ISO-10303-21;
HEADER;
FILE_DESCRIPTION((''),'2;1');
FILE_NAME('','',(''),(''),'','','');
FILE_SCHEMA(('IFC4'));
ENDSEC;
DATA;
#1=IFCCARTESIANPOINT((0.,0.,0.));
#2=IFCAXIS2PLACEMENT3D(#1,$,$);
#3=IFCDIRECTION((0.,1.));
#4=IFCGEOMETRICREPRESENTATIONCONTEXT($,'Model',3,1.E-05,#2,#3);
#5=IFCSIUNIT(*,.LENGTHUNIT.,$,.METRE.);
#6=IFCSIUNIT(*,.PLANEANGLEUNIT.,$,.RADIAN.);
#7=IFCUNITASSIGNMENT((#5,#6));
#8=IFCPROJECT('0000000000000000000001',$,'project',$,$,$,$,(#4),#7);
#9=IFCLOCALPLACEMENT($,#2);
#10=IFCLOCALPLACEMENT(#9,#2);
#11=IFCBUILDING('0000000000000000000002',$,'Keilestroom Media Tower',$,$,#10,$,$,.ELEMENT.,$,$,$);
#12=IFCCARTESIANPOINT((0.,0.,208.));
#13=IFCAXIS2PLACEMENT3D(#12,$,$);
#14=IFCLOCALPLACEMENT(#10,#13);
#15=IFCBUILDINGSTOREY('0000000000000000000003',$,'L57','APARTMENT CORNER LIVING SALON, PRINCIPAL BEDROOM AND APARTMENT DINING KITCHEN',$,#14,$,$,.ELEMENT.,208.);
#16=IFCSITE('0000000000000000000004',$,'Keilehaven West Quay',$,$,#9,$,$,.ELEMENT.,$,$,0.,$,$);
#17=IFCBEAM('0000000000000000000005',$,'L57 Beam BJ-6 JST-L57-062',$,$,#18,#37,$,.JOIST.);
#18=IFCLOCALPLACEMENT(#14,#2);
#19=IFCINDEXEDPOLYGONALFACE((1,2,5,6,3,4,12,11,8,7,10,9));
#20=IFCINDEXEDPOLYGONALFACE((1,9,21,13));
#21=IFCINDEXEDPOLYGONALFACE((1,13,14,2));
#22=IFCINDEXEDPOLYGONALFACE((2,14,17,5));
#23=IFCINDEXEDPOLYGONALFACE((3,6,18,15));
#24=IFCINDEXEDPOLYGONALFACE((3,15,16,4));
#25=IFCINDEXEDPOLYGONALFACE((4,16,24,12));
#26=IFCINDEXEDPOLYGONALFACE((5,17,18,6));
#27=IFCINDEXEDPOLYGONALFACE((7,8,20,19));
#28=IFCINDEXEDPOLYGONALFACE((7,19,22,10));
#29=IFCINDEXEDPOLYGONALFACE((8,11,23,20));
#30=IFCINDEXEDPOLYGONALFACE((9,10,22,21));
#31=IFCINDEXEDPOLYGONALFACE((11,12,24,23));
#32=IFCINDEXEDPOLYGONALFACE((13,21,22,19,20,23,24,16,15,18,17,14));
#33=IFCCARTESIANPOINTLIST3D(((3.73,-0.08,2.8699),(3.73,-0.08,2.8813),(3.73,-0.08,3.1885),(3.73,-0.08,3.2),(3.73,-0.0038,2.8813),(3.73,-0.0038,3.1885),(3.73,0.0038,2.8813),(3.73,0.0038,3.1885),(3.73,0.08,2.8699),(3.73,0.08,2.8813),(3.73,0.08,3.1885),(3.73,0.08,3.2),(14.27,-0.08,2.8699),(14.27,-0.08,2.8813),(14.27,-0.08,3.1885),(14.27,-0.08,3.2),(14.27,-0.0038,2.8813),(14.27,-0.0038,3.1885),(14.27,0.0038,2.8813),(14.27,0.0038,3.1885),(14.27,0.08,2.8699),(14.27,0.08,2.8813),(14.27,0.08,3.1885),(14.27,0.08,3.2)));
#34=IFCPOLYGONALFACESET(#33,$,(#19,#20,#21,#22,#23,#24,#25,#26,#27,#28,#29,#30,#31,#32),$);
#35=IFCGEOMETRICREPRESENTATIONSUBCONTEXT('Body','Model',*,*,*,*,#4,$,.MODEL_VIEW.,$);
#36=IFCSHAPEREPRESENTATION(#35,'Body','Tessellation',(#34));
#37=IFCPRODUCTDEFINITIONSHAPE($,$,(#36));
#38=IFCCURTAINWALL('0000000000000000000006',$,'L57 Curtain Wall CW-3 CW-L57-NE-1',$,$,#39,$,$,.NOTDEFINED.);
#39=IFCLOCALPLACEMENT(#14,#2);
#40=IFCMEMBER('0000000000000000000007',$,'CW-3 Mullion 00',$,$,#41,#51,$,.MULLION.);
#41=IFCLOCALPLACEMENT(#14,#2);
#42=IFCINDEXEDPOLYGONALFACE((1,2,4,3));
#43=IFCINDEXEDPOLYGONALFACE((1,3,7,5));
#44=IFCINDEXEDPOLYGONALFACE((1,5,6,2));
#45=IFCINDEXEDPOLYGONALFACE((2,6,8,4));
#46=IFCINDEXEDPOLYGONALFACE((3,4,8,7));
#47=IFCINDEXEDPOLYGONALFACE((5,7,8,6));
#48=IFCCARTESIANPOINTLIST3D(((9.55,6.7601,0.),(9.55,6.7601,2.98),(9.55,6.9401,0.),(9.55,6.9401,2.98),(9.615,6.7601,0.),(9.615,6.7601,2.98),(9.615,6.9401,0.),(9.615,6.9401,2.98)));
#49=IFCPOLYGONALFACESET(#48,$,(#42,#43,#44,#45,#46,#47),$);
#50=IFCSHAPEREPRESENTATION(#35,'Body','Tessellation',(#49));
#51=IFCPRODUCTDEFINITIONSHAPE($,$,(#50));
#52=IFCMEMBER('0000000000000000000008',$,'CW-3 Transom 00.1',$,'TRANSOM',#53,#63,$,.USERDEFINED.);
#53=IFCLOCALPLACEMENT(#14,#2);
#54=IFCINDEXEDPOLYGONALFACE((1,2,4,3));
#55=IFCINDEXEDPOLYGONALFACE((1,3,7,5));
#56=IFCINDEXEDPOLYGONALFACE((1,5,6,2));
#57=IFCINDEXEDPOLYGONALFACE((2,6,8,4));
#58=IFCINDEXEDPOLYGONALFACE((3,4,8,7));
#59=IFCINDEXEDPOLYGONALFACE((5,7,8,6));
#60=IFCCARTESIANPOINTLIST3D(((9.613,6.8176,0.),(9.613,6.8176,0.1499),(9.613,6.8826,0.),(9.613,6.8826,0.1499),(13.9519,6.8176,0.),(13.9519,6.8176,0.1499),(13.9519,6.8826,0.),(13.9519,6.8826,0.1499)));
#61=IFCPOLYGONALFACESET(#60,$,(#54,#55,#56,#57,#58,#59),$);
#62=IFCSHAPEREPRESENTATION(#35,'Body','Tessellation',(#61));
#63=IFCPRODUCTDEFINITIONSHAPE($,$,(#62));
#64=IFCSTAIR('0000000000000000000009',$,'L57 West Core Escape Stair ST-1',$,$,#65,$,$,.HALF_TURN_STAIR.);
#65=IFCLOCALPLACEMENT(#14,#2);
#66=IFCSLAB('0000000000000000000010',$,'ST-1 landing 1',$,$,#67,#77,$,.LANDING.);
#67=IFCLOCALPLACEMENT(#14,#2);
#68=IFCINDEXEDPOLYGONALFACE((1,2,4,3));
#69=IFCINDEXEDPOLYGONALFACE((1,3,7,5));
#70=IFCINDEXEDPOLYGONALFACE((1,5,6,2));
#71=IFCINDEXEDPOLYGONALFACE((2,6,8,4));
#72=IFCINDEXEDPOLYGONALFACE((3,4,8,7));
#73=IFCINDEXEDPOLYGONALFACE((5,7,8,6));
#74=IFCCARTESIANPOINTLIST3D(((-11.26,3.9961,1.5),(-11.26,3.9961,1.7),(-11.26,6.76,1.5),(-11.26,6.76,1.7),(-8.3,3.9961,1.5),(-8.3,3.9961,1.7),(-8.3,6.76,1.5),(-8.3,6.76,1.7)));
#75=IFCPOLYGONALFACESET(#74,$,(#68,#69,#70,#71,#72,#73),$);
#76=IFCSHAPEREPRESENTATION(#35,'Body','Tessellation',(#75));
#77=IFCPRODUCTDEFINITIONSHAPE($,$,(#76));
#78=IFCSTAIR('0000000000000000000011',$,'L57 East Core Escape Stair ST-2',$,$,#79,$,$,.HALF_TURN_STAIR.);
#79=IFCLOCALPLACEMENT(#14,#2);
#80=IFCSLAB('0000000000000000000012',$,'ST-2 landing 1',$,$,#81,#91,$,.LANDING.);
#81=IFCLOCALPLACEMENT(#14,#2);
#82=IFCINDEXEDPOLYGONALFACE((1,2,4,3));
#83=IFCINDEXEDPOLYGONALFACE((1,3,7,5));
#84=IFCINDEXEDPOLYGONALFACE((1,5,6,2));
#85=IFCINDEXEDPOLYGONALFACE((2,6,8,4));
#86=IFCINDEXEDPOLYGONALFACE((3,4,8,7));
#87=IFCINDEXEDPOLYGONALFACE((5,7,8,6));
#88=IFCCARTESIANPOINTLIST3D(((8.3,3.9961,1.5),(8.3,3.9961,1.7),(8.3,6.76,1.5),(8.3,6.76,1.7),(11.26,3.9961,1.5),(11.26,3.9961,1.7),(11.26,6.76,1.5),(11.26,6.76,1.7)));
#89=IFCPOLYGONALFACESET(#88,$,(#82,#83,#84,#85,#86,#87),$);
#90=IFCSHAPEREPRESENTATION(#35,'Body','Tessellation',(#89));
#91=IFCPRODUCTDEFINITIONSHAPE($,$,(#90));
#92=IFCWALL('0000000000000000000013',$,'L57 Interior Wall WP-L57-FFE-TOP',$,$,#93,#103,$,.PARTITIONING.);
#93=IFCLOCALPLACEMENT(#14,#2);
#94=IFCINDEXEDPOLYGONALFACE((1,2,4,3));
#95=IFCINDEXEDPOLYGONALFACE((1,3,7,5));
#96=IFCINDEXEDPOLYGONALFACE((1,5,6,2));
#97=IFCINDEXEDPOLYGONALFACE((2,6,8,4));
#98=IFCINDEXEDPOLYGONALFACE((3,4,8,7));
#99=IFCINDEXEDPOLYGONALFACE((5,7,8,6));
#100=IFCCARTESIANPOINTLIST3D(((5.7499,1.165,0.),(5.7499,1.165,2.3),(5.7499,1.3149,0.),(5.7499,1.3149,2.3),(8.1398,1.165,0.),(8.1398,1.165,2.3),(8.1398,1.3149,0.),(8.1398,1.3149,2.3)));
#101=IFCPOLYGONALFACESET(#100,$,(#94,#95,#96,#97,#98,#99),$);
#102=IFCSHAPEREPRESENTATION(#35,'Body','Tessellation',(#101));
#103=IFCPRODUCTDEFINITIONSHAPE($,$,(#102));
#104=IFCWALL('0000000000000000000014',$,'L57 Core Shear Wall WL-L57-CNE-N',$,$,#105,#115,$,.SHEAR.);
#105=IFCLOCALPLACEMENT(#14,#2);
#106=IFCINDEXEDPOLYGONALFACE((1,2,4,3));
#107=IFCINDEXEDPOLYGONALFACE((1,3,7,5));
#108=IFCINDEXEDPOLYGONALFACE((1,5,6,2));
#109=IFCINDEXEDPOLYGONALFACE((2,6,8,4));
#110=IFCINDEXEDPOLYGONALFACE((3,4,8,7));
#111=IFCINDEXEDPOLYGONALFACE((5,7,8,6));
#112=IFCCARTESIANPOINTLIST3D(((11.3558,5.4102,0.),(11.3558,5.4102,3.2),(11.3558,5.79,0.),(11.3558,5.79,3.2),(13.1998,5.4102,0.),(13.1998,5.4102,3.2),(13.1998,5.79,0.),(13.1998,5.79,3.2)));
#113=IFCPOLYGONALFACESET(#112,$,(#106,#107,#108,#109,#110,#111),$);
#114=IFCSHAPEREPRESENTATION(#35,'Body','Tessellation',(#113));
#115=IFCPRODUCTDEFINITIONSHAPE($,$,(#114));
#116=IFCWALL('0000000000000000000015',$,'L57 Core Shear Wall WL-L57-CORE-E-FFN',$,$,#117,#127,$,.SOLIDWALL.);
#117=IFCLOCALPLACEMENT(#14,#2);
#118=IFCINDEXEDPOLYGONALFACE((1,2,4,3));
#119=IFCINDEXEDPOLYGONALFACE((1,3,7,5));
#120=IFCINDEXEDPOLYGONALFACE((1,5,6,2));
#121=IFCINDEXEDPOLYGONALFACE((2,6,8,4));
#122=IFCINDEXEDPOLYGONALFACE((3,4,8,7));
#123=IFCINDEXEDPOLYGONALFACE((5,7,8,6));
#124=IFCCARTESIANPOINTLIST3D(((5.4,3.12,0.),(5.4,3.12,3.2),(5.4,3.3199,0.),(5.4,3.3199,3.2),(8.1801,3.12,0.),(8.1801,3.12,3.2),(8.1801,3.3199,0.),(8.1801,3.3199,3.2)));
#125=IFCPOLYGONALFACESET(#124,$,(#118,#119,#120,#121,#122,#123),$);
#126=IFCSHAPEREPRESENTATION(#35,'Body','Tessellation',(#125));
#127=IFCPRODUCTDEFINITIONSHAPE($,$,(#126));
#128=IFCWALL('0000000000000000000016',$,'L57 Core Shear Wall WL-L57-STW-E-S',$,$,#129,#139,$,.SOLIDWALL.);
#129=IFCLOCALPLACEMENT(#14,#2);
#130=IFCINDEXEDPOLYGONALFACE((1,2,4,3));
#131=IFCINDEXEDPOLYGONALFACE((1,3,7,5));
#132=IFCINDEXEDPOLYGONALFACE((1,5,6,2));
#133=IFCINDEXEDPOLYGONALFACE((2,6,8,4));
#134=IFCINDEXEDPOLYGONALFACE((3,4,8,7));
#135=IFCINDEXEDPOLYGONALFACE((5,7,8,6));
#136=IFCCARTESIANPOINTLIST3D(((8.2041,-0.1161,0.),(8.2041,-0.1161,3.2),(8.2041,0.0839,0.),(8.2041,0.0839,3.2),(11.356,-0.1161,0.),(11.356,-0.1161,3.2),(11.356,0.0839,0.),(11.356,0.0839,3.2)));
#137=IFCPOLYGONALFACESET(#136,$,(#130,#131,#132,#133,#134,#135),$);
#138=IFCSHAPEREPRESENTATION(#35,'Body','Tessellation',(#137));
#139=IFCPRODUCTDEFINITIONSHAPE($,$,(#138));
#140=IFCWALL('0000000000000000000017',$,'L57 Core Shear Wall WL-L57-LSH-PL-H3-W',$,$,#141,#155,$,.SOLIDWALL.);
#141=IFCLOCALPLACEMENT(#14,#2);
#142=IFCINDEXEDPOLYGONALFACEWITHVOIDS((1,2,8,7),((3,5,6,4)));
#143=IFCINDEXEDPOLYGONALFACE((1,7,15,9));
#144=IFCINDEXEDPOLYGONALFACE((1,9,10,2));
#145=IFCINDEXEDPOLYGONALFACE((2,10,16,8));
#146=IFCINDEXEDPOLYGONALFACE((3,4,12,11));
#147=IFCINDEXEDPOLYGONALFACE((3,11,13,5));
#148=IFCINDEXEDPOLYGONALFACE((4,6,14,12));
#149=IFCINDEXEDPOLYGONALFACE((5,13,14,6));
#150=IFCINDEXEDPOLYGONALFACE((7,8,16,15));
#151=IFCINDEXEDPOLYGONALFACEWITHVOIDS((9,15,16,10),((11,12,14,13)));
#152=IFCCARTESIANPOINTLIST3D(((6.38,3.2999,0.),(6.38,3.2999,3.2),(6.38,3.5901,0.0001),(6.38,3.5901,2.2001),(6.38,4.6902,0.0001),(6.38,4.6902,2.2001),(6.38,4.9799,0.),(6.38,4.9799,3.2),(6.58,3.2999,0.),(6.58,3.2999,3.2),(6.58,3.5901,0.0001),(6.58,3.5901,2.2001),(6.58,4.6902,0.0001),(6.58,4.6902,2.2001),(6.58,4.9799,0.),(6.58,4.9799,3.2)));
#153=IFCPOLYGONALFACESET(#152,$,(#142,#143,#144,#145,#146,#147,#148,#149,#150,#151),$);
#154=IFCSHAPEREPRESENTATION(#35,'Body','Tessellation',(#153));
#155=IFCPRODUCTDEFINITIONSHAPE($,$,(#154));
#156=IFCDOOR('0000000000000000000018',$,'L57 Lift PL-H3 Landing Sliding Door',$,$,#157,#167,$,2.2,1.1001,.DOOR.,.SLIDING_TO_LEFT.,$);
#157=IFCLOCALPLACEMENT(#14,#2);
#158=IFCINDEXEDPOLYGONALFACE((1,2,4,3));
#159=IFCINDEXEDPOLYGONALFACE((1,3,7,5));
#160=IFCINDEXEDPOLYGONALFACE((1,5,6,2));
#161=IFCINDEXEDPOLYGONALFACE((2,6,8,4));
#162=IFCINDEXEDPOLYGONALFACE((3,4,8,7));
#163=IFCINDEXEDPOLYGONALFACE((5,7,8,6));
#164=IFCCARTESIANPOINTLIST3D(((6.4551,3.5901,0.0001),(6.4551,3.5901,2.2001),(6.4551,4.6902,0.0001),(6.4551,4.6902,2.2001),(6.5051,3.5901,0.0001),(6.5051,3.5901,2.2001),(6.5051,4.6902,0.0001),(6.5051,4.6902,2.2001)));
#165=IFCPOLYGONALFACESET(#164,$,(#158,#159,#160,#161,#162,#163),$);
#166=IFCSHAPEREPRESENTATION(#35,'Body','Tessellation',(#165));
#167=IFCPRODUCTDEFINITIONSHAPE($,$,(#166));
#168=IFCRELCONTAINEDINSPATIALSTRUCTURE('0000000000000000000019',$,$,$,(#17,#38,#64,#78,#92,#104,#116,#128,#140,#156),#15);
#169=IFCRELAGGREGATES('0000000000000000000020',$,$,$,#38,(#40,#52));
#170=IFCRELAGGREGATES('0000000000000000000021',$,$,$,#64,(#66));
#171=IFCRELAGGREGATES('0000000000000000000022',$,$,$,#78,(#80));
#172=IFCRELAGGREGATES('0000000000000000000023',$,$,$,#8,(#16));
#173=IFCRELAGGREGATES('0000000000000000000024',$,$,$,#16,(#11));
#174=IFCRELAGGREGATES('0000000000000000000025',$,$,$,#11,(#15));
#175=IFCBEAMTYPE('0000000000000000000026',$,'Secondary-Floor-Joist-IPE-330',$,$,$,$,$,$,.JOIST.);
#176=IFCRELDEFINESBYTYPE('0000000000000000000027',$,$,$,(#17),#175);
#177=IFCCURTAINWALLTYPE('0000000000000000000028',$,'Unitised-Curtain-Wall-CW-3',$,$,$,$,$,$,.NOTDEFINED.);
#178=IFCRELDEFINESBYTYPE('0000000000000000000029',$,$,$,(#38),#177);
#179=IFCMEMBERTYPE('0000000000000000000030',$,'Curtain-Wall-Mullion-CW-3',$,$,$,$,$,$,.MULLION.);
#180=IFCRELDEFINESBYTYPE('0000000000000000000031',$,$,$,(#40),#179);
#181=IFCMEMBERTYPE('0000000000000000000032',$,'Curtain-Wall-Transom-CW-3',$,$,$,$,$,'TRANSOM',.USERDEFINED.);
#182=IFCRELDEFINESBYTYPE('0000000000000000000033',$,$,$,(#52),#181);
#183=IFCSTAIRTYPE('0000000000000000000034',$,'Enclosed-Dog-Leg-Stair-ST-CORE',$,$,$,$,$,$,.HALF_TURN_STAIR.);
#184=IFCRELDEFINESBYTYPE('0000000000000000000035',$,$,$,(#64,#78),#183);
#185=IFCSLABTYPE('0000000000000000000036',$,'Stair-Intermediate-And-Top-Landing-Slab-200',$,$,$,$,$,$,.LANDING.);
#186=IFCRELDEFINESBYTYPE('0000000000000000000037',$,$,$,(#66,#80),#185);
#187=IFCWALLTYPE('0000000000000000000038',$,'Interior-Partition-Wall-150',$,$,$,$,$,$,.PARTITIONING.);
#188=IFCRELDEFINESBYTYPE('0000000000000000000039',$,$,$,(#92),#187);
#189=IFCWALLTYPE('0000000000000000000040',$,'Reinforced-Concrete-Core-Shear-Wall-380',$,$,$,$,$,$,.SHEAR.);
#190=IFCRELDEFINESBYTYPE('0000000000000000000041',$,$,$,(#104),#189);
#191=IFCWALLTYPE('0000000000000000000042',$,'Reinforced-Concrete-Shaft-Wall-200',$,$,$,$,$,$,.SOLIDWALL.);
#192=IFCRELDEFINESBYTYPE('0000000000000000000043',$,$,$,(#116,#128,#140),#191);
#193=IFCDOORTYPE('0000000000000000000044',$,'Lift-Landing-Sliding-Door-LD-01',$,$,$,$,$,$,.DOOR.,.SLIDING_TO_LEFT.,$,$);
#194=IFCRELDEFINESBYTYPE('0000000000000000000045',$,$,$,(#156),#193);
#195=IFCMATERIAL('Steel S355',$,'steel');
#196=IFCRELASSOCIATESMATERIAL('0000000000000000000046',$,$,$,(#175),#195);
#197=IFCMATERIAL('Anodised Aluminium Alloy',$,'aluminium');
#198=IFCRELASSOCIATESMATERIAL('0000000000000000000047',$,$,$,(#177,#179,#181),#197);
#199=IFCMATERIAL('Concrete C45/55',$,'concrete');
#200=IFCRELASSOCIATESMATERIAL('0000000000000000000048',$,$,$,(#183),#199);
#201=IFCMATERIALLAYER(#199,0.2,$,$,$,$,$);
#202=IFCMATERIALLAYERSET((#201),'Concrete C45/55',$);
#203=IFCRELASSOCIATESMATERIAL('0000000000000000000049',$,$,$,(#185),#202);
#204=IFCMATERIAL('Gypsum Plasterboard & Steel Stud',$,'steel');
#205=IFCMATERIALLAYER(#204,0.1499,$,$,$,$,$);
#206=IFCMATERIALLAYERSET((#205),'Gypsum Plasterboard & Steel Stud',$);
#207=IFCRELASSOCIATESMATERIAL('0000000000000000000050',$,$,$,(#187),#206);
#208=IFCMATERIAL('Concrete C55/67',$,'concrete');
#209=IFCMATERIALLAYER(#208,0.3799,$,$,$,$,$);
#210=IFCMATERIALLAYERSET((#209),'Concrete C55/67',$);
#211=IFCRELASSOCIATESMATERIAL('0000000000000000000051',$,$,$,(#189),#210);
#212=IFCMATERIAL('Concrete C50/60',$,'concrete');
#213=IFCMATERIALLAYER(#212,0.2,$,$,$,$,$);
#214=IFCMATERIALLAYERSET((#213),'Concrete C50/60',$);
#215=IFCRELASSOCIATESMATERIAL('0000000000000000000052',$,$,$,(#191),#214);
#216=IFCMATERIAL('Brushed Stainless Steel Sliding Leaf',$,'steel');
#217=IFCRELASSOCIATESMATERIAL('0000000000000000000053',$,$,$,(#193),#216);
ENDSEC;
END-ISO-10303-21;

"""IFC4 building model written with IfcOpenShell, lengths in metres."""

from ifc_helpers import new_model, si_unit, direction, frame, frame_2d, origin, origin_2d, place, context, subcontext, project, spatial, polyline, rectangle, i_section, outline, extrude, source, transform, mapped, material, layer, layer_set, material_profile, profile_set, type_object, element, fill, aggregate, save


model = new_model("IFC4")

# Units and contexts
model_context = context("Model", 3, precision=1e-05, world=origin(), true_north=direction((0.0, 1.0)))
body_context = subcontext(model_context, "Body", "Model", "MODEL_VIEW")
ifc_project = project(units=[si_unit("LENGTHUNIT", "METRE"), si_unit("PLANEANGLEUNIT", "RADIAN")], contexts=[model_context])

# Site, building, storey
site_placement = place(None, origin())
site = spatial("IfcSite", under=ifc_project, at=site_placement, Name="Keilehaven West Quay", CompositionType="ELEMENT", RefElevation=0.0)
building_placement = place(site_placement, origin())
building = spatial("IfcBuilding", under=site, at=building_placement, Name="Keilestroom Media Tower", CompositionType="ELEMENT")
storey_placement = place(building_placement, frame((0.0, 0.0, 208.0)))
storey = spatial("IfcBuildingStorey", under=building, at=storey_placement, Name="L57", Description="APARTMENT CORNER LIVING SALON, PRINCIPAL BEDROOM AND APARTMENT DINING KITCHEN", CompositionType="ELEMENT", Elevation=208.0)

# Beam
ifc_material_1 = material(Name="Steel S355", Category="steel")
ifc_material_profile_1 = material_profile(ifc_material_1, i_section(OverallWidth=0.1599, OverallDepth=0.3301, WebThickness=0.0076, FlangeThickness=0.0115, at=origin_2d()), Name="IPE 330")
ifc_profile_set_1 = profile_set([ifc_material_profile_1], Name="Steel S355")
beam_type = type_object("IfcBeamType", Name="Secondary-Floor-Joist-IPE-330", PredefinedType="JOIST", material=ifc_profile_set_1)
shared_shape_1 = source(origin(), body_context, "Body", "SweptSolid", [
    extrude(i_section(OverallWidth=0.1599, OverallDepth=0.3301, WebThickness=0.0076, FlangeThickness=0.0115, at=origin_2d()), origin(), (0.0, 0.0, 1.0), 10.54),
])
beam_placement = place(storey_placement, frame((3.73, 0.0, 3.0349), z_axis=(1.0, 0.0, 0.0), x_axis=(0.0, 1.0, 0.0)))
element("IfcBeam", 1, at=beam_placement, inside=storey, type_object=beam_type, Name="L57 Beam BJ-6 JST-L57-062", PredefinedType="JOIST", context=body_context, shape_type="MappedRepresentation", body=[
    mapped(shared_shape_1, transform((0.0, 0.0, 0.0), x_axis=(1.0, 0.0, 0.0), y_axis=(0.0, 1.0, 0.0), z_axis=(0.0, 0.0, 1.0), scale=1.0)),
])

# Curtain wall, members
ifc_material_2 = material(Name="Anodised Aluminium Alloy", Category="aluminium")
curtain_wall_type = type_object("IfcCurtainWallType", Name="Unitised-Curtain-Wall-CW-3", PredefinedType="NOTDEFINED", material=ifc_material_2)
curtain_wall_placement = place(storey_placement, origin())
curtain_wall = element("IfcCurtainWall", 2, at=curtain_wall_placement, inside=storey, type_object=curtain_wall_type, Name="L57 Curtain Wall CW-3 CW-L57-NE-1", PredefinedType="NOTDEFINED")
ifc_material_profile_2 = material_profile(ifc_material_2, rectangle(XDim=0.0649, YDim=0.1799, at=origin_2d()), Name="ALU MULLION 65x180")
ifc_profile_set_2 = profile_set([ifc_material_profile_2], Name="Anodised Aluminium Alloy")
member_type_1 = type_object("IfcMemberType", Name="Curtain-Wall-Mullion-CW-3", PredefinedType="MULLION", material=ifc_profile_set_2)
shared_shape_2 = source(origin(), body_context, "Body", "SweptSolid", [
    extrude(rectangle(XDim=0.0649, YDim=0.1799, at=origin_2d()), origin(), (0.0, 0.0, 1.0), 2.98),
])
member_1_placement = place(storey_placement, frame((9.5825, 6.8501, 0.0), z_axis=(0.0, 0.0, 1.0), x_axis=(1.0, 0.0, 0.0)))
member_1 = element("IfcMember", 3, at=member_1_placement, type_object=member_type_1, Name="CW-3 Mullion 00", PredefinedType="MULLION", context=body_context, shape_type="MappedRepresentation", body=[
    mapped(shared_shape_2, transform((0.0, 0.0, 0.0), x_axis=(1.0, 0.0, 0.0), y_axis=(0.0, 1.0, 0.0), z_axis=(0.0, 0.0, 1.0), scale=1.0)),
])
ifc_material_profile_3 = material_profile(ifc_material_2, rectangle(XDim=0.0649, YDim=0.1499, at=origin_2d()), Name="ALU TRANSOM 65x150")
ifc_profile_set_3 = profile_set([ifc_material_profile_3], Name="Anodised Aluminium Alloy")
member_type_2 = type_object("IfcMemberType", Name="Curtain-Wall-Transom-CW-3", ElementType="TRANSOM", PredefinedType="USERDEFINED", material=ifc_profile_set_3)
shared_shape_3 = source(origin(), body_context, "Body", "SweptSolid", [
    extrude(rectangle(XDim=0.0649, YDim=0.1499, at=origin_2d()), origin(), (0.0, 0.0, 1.0), 4.3389),
])
member_2_placement = place(storey_placement, frame((9.613, 6.8501, 0.075), z_axis=(1.0, 0.0, 0.0), x_axis=(0.0, 1.0, 0.0)))
member_2 = element("IfcMember", 4, at=member_2_placement, type_object=member_type_2, Name="CW-3 Transom 00.1", ObjectType="TRANSOM", PredefinedType="USERDEFINED", context=body_context, shape_type="MappedRepresentation", body=[
    mapped(shared_shape_3, transform((0.0, 0.0, 0.0), x_axis=(1.0, 0.0, 0.0), y_axis=(0.0, 1.0, 0.0), z_axis=(0.0, 0.0, 1.0), scale=1.0)),
])
aggregate(curtain_wall, [member_1, member_2])

# Stairs, slabs
ifc_material_3 = material(Name="Concrete C45/55", Category="concrete")
stair_type = type_object("IfcStairType", Name="Enclosed-Dog-Leg-Stair-ST-CORE", PredefinedType="HALF_TURN_STAIR", material=ifc_material_3)
stair_1_placement = place(storey_placement, origin())
stair_1 = element("IfcStair", 5, at=stair_1_placement, inside=storey, type_object=stair_type, Name="L57 West Core Escape Stair ST-1", PredefinedType="HALF_TURN_STAIR")
ifc_layer_1 = layer(ifc_material_3, 0.2)
ifc_layer_set_1 = layer_set([ifc_layer_1], Name="Concrete C45/55")
slab_type = type_object("IfcSlabType", Name="Stair-Intermediate-And-Top-Landing-Slab-200", PredefinedType="LANDING", material=ifc_layer_set_1)
slab_1_placement = place(storey_placement, frame((0.0, 0.0, 1.5)))
slab_1 = element("IfcSlab", 6, at=slab_1_placement, type_object=slab_type, Name="ST-1 landing 1", PredefinedType="LANDING", context=body_context, shape_type="SweptSolid", body=[
    extrude(outline(polyline([(-8.3, 3.9961), (-8.3, 6.76), (-11.26, 6.76), (-11.26, 3.9961), (-8.3, 3.9961)])), origin(), (0.0, 0.0, 1.0), 0.2),
])
aggregate(stair_1, [slab_1])
stair_2_placement = place(storey_placement, origin())
stair_2 = element("IfcStair", 7, at=stair_2_placement, inside=storey, type_object=stair_type, Name="L57 East Core Escape Stair ST-2", PredefinedType="HALF_TURN_STAIR")
slab_2_placement = place(storey_placement, frame((0.0, 0.0, 1.5)))
slab_2 = element("IfcSlab", 8, at=slab_2_placement, type_object=slab_type, Name="ST-2 landing 1", PredefinedType="LANDING", context=body_context, shape_type="SweptSolid", body=[
    extrude(outline(polyline([(11.26, 3.9961), (11.26, 6.76), (8.3, 6.76), (8.3, 3.9961), (11.26, 3.9961)])), origin(), (0.0, 0.0, 1.0), 0.2),
])

# Walls
ifc_material_4 = material(Name="Gypsum Plasterboard & Steel Stud", Category="steel")
ifc_layer_2 = layer(ifc_material_4, 0.1499)
ifc_layer_set_2 = layer_set([ifc_layer_2], Name="Gypsum Plasterboard & Steel Stud")
wall_type_1 = type_object("IfcWallType", Name="Interior-Partition-Wall-150", PredefinedType="PARTITIONING", material=ifc_layer_set_2)
wall_1_placement = place(storey_placement, frame((5.75, 1.24, 0.0), z_axis=(0.0, 0.0, 1.0), x_axis=(1.0, 0.0, 0.0)))
element("IfcWall", 9, at=wall_1_placement, inside=storey, type_object=wall_type_1, Name="L57 Interior Wall WP-L57-FFE-TOP", PredefinedType="PARTITIONING", context=body_context, shape_type="SweptSolid", body=[
    extrude(rectangle(XDim=2.3899, YDim=0.1499, at=frame_2d((1.1948, 0.0))), origin(), (0.0, 0.0, 1.0), 2.3),
])
ifc_material_5 = material(Name="Concrete C55/67", Category="concrete")
ifc_layer_3 = layer(ifc_material_5, 0.3799)
ifc_layer_set_3 = layer_set([ifc_layer_3], Name="Concrete C55/67")
wall_type_2 = type_object("IfcWallType", Name="Reinforced-Concrete-Core-Shear-Wall-380", PredefinedType="SHEAR", material=ifc_layer_set_3)
wall_2_placement = place(storey_placement, frame((11.356, 5.6001, 0.0), z_axis=(0.0, 0.0, 1.0), x_axis=(1.0, 0.0, 0.0)))
element("IfcWall", 10, at=wall_2_placement, inside=storey, type_object=wall_type_2, Name="L57 Core Shear Wall WL-L57-CNE-N", PredefinedType="SHEAR", context=body_context, shape_type="SweptSolid", body=[
    extrude(rectangle(XDim=1.844, YDim=0.3799, at=frame_2d((0.9219, 0.0))), origin(), (0.0, 0.0, 1.0), 3.2),
])
ifc_material_6 = material(Name="Concrete C50/60", Category="concrete")
ifc_layer_4 = layer(ifc_material_6, 0.2)
ifc_layer_set_4 = layer_set([ifc_layer_4], Name="Concrete C50/60")
wall_type_3 = type_object("IfcWallType", Name="Reinforced-Concrete-Shaft-Wall-200", PredefinedType="SOLIDWALL", material=ifc_layer_set_4)
wall_3_placement = place(storey_placement, frame((5.3999, 3.22, 0.0), z_axis=(0.0, 0.0, 1.0), x_axis=(1.0, 0.0, 0.0)))
element("IfcWall", 11, at=wall_3_placement, inside=storey, type_object=wall_type_3, Name="L57 Core Shear Wall WL-L57-CORE-E-FFN", PredefinedType="SOLIDWALL", context=body_context, shape_type="SweptSolid", body=[
    extrude(rectangle(XDim=2.78, YDim=0.2, at=frame_2d((1.3901, 0.0))), origin(), (0.0, 0.0, 1.0), 3.2),
])
wall_4_placement = place(storey_placement, frame((8.2041, -0.0161, 0.0), z_axis=(0.0, 0.0, 1.0), x_axis=(1.0, 0.0, 0.0)))
element("IfcWall", 12, at=wall_4_placement, inside=storey, type_object=wall_type_3, Name="L57 Core Shear Wall WL-L57-STW-E-S", PredefinedType="SOLIDWALL", context=body_context, shape_type="SweptSolid", body=[
    extrude(rectangle(XDim=3.1519, YDim=0.2, at=frame_2d((1.5759, 0.0))), origin(), (0.0, 0.0, 1.0), 3.2),
])

# Wall, opening, door
wall_5_placement = place(storey_placement, frame((6.48, 3.3, 0.0), z_axis=(0.0, 0.0, 1.0), x_axis=(0.0, 1.0, 0.0)))
wall_5 = element("IfcWall", 13, at=wall_5_placement, inside=storey, type_object=wall_type_3, Name="L57 Core Shear Wall WL-L57-LSH-PL-H3-W", PredefinedType="SOLIDWALL", context=body_context, shape_type="SweptSolid", body=[
    extrude(rectangle(XDim=1.6799, YDim=0.2, at=frame_2d((0.8398, 0.0))), origin(), (0.0, 0.0, 1.0), 3.2),
])
opening_1_placement = place(wall_5_placement, frame((0.29, 0.0, 0.0)))
opening_1 = element("IfcOpeningElement", 14, at=opening_1_placement, cuts=wall_5, PredefinedType="OPENING", context=body_context, shape_type="SweptSolid", body=[
    extrude(rectangle(XDim=1.1001, YDim=2.2, at=frame_2d((0.55, 1.1001))), frame((0.0, 0.1099, 0.0), z_axis=(0.0, -1.0, 0.0), x_axis=(1.0, 0.0, 0.0)), (0.0, 0.0, 1.0), 0.22),
])
ifc_material_7 = material(Name="Brushed Stainless Steel Sliding Leaf", Category="steel")
door_type = type_object("IfcDoorType", Name="Lift-Landing-Sliding-Door-LD-01", OperationType="SLIDING_TO_LEFT", PredefinedType="DOOR", material=ifc_material_7)
shared_shape_4 = source(origin(), body_context, "Body", "SweptSolid", [
    extrude(rectangle(XDim=1.1001, YDim=2.2, at=frame_2d((0.55, 1.1001))), frame((0.0, 0.0249, 0.0), z_axis=(0.0, -1.0, 0.0), x_axis=(1.0, 0.0, 0.0)), (0.0, 0.0, 1.0), 0.05),
])
door_1_placement = place(opening_1_placement, origin())
door_1 = element("IfcDoor", 15, at=door_1_placement, inside=storey, type_object=door_type, Name="L57 Lift PL-H3 Landing Sliding Door", OperationType="SLIDING_TO_LEFT", OverallHeight=2.2, OverallWidth=1.1001, PredefinedType="DOOR", context=body_context, shape_type="MappedRepresentation", body=[
    mapped(shared_shape_4, transform((0.0, 0.0, 0.0), x_axis=(1.0, 0.0, 0.0), y_axis=(0.0, 1.0, 0.0), z_axis=(0.0, 0.0, 1.0), scale=1.0)),
])
fill(opening_1, door_1)

aggregate(stair_2, [slab_2])

save(model, "model.ifc")
